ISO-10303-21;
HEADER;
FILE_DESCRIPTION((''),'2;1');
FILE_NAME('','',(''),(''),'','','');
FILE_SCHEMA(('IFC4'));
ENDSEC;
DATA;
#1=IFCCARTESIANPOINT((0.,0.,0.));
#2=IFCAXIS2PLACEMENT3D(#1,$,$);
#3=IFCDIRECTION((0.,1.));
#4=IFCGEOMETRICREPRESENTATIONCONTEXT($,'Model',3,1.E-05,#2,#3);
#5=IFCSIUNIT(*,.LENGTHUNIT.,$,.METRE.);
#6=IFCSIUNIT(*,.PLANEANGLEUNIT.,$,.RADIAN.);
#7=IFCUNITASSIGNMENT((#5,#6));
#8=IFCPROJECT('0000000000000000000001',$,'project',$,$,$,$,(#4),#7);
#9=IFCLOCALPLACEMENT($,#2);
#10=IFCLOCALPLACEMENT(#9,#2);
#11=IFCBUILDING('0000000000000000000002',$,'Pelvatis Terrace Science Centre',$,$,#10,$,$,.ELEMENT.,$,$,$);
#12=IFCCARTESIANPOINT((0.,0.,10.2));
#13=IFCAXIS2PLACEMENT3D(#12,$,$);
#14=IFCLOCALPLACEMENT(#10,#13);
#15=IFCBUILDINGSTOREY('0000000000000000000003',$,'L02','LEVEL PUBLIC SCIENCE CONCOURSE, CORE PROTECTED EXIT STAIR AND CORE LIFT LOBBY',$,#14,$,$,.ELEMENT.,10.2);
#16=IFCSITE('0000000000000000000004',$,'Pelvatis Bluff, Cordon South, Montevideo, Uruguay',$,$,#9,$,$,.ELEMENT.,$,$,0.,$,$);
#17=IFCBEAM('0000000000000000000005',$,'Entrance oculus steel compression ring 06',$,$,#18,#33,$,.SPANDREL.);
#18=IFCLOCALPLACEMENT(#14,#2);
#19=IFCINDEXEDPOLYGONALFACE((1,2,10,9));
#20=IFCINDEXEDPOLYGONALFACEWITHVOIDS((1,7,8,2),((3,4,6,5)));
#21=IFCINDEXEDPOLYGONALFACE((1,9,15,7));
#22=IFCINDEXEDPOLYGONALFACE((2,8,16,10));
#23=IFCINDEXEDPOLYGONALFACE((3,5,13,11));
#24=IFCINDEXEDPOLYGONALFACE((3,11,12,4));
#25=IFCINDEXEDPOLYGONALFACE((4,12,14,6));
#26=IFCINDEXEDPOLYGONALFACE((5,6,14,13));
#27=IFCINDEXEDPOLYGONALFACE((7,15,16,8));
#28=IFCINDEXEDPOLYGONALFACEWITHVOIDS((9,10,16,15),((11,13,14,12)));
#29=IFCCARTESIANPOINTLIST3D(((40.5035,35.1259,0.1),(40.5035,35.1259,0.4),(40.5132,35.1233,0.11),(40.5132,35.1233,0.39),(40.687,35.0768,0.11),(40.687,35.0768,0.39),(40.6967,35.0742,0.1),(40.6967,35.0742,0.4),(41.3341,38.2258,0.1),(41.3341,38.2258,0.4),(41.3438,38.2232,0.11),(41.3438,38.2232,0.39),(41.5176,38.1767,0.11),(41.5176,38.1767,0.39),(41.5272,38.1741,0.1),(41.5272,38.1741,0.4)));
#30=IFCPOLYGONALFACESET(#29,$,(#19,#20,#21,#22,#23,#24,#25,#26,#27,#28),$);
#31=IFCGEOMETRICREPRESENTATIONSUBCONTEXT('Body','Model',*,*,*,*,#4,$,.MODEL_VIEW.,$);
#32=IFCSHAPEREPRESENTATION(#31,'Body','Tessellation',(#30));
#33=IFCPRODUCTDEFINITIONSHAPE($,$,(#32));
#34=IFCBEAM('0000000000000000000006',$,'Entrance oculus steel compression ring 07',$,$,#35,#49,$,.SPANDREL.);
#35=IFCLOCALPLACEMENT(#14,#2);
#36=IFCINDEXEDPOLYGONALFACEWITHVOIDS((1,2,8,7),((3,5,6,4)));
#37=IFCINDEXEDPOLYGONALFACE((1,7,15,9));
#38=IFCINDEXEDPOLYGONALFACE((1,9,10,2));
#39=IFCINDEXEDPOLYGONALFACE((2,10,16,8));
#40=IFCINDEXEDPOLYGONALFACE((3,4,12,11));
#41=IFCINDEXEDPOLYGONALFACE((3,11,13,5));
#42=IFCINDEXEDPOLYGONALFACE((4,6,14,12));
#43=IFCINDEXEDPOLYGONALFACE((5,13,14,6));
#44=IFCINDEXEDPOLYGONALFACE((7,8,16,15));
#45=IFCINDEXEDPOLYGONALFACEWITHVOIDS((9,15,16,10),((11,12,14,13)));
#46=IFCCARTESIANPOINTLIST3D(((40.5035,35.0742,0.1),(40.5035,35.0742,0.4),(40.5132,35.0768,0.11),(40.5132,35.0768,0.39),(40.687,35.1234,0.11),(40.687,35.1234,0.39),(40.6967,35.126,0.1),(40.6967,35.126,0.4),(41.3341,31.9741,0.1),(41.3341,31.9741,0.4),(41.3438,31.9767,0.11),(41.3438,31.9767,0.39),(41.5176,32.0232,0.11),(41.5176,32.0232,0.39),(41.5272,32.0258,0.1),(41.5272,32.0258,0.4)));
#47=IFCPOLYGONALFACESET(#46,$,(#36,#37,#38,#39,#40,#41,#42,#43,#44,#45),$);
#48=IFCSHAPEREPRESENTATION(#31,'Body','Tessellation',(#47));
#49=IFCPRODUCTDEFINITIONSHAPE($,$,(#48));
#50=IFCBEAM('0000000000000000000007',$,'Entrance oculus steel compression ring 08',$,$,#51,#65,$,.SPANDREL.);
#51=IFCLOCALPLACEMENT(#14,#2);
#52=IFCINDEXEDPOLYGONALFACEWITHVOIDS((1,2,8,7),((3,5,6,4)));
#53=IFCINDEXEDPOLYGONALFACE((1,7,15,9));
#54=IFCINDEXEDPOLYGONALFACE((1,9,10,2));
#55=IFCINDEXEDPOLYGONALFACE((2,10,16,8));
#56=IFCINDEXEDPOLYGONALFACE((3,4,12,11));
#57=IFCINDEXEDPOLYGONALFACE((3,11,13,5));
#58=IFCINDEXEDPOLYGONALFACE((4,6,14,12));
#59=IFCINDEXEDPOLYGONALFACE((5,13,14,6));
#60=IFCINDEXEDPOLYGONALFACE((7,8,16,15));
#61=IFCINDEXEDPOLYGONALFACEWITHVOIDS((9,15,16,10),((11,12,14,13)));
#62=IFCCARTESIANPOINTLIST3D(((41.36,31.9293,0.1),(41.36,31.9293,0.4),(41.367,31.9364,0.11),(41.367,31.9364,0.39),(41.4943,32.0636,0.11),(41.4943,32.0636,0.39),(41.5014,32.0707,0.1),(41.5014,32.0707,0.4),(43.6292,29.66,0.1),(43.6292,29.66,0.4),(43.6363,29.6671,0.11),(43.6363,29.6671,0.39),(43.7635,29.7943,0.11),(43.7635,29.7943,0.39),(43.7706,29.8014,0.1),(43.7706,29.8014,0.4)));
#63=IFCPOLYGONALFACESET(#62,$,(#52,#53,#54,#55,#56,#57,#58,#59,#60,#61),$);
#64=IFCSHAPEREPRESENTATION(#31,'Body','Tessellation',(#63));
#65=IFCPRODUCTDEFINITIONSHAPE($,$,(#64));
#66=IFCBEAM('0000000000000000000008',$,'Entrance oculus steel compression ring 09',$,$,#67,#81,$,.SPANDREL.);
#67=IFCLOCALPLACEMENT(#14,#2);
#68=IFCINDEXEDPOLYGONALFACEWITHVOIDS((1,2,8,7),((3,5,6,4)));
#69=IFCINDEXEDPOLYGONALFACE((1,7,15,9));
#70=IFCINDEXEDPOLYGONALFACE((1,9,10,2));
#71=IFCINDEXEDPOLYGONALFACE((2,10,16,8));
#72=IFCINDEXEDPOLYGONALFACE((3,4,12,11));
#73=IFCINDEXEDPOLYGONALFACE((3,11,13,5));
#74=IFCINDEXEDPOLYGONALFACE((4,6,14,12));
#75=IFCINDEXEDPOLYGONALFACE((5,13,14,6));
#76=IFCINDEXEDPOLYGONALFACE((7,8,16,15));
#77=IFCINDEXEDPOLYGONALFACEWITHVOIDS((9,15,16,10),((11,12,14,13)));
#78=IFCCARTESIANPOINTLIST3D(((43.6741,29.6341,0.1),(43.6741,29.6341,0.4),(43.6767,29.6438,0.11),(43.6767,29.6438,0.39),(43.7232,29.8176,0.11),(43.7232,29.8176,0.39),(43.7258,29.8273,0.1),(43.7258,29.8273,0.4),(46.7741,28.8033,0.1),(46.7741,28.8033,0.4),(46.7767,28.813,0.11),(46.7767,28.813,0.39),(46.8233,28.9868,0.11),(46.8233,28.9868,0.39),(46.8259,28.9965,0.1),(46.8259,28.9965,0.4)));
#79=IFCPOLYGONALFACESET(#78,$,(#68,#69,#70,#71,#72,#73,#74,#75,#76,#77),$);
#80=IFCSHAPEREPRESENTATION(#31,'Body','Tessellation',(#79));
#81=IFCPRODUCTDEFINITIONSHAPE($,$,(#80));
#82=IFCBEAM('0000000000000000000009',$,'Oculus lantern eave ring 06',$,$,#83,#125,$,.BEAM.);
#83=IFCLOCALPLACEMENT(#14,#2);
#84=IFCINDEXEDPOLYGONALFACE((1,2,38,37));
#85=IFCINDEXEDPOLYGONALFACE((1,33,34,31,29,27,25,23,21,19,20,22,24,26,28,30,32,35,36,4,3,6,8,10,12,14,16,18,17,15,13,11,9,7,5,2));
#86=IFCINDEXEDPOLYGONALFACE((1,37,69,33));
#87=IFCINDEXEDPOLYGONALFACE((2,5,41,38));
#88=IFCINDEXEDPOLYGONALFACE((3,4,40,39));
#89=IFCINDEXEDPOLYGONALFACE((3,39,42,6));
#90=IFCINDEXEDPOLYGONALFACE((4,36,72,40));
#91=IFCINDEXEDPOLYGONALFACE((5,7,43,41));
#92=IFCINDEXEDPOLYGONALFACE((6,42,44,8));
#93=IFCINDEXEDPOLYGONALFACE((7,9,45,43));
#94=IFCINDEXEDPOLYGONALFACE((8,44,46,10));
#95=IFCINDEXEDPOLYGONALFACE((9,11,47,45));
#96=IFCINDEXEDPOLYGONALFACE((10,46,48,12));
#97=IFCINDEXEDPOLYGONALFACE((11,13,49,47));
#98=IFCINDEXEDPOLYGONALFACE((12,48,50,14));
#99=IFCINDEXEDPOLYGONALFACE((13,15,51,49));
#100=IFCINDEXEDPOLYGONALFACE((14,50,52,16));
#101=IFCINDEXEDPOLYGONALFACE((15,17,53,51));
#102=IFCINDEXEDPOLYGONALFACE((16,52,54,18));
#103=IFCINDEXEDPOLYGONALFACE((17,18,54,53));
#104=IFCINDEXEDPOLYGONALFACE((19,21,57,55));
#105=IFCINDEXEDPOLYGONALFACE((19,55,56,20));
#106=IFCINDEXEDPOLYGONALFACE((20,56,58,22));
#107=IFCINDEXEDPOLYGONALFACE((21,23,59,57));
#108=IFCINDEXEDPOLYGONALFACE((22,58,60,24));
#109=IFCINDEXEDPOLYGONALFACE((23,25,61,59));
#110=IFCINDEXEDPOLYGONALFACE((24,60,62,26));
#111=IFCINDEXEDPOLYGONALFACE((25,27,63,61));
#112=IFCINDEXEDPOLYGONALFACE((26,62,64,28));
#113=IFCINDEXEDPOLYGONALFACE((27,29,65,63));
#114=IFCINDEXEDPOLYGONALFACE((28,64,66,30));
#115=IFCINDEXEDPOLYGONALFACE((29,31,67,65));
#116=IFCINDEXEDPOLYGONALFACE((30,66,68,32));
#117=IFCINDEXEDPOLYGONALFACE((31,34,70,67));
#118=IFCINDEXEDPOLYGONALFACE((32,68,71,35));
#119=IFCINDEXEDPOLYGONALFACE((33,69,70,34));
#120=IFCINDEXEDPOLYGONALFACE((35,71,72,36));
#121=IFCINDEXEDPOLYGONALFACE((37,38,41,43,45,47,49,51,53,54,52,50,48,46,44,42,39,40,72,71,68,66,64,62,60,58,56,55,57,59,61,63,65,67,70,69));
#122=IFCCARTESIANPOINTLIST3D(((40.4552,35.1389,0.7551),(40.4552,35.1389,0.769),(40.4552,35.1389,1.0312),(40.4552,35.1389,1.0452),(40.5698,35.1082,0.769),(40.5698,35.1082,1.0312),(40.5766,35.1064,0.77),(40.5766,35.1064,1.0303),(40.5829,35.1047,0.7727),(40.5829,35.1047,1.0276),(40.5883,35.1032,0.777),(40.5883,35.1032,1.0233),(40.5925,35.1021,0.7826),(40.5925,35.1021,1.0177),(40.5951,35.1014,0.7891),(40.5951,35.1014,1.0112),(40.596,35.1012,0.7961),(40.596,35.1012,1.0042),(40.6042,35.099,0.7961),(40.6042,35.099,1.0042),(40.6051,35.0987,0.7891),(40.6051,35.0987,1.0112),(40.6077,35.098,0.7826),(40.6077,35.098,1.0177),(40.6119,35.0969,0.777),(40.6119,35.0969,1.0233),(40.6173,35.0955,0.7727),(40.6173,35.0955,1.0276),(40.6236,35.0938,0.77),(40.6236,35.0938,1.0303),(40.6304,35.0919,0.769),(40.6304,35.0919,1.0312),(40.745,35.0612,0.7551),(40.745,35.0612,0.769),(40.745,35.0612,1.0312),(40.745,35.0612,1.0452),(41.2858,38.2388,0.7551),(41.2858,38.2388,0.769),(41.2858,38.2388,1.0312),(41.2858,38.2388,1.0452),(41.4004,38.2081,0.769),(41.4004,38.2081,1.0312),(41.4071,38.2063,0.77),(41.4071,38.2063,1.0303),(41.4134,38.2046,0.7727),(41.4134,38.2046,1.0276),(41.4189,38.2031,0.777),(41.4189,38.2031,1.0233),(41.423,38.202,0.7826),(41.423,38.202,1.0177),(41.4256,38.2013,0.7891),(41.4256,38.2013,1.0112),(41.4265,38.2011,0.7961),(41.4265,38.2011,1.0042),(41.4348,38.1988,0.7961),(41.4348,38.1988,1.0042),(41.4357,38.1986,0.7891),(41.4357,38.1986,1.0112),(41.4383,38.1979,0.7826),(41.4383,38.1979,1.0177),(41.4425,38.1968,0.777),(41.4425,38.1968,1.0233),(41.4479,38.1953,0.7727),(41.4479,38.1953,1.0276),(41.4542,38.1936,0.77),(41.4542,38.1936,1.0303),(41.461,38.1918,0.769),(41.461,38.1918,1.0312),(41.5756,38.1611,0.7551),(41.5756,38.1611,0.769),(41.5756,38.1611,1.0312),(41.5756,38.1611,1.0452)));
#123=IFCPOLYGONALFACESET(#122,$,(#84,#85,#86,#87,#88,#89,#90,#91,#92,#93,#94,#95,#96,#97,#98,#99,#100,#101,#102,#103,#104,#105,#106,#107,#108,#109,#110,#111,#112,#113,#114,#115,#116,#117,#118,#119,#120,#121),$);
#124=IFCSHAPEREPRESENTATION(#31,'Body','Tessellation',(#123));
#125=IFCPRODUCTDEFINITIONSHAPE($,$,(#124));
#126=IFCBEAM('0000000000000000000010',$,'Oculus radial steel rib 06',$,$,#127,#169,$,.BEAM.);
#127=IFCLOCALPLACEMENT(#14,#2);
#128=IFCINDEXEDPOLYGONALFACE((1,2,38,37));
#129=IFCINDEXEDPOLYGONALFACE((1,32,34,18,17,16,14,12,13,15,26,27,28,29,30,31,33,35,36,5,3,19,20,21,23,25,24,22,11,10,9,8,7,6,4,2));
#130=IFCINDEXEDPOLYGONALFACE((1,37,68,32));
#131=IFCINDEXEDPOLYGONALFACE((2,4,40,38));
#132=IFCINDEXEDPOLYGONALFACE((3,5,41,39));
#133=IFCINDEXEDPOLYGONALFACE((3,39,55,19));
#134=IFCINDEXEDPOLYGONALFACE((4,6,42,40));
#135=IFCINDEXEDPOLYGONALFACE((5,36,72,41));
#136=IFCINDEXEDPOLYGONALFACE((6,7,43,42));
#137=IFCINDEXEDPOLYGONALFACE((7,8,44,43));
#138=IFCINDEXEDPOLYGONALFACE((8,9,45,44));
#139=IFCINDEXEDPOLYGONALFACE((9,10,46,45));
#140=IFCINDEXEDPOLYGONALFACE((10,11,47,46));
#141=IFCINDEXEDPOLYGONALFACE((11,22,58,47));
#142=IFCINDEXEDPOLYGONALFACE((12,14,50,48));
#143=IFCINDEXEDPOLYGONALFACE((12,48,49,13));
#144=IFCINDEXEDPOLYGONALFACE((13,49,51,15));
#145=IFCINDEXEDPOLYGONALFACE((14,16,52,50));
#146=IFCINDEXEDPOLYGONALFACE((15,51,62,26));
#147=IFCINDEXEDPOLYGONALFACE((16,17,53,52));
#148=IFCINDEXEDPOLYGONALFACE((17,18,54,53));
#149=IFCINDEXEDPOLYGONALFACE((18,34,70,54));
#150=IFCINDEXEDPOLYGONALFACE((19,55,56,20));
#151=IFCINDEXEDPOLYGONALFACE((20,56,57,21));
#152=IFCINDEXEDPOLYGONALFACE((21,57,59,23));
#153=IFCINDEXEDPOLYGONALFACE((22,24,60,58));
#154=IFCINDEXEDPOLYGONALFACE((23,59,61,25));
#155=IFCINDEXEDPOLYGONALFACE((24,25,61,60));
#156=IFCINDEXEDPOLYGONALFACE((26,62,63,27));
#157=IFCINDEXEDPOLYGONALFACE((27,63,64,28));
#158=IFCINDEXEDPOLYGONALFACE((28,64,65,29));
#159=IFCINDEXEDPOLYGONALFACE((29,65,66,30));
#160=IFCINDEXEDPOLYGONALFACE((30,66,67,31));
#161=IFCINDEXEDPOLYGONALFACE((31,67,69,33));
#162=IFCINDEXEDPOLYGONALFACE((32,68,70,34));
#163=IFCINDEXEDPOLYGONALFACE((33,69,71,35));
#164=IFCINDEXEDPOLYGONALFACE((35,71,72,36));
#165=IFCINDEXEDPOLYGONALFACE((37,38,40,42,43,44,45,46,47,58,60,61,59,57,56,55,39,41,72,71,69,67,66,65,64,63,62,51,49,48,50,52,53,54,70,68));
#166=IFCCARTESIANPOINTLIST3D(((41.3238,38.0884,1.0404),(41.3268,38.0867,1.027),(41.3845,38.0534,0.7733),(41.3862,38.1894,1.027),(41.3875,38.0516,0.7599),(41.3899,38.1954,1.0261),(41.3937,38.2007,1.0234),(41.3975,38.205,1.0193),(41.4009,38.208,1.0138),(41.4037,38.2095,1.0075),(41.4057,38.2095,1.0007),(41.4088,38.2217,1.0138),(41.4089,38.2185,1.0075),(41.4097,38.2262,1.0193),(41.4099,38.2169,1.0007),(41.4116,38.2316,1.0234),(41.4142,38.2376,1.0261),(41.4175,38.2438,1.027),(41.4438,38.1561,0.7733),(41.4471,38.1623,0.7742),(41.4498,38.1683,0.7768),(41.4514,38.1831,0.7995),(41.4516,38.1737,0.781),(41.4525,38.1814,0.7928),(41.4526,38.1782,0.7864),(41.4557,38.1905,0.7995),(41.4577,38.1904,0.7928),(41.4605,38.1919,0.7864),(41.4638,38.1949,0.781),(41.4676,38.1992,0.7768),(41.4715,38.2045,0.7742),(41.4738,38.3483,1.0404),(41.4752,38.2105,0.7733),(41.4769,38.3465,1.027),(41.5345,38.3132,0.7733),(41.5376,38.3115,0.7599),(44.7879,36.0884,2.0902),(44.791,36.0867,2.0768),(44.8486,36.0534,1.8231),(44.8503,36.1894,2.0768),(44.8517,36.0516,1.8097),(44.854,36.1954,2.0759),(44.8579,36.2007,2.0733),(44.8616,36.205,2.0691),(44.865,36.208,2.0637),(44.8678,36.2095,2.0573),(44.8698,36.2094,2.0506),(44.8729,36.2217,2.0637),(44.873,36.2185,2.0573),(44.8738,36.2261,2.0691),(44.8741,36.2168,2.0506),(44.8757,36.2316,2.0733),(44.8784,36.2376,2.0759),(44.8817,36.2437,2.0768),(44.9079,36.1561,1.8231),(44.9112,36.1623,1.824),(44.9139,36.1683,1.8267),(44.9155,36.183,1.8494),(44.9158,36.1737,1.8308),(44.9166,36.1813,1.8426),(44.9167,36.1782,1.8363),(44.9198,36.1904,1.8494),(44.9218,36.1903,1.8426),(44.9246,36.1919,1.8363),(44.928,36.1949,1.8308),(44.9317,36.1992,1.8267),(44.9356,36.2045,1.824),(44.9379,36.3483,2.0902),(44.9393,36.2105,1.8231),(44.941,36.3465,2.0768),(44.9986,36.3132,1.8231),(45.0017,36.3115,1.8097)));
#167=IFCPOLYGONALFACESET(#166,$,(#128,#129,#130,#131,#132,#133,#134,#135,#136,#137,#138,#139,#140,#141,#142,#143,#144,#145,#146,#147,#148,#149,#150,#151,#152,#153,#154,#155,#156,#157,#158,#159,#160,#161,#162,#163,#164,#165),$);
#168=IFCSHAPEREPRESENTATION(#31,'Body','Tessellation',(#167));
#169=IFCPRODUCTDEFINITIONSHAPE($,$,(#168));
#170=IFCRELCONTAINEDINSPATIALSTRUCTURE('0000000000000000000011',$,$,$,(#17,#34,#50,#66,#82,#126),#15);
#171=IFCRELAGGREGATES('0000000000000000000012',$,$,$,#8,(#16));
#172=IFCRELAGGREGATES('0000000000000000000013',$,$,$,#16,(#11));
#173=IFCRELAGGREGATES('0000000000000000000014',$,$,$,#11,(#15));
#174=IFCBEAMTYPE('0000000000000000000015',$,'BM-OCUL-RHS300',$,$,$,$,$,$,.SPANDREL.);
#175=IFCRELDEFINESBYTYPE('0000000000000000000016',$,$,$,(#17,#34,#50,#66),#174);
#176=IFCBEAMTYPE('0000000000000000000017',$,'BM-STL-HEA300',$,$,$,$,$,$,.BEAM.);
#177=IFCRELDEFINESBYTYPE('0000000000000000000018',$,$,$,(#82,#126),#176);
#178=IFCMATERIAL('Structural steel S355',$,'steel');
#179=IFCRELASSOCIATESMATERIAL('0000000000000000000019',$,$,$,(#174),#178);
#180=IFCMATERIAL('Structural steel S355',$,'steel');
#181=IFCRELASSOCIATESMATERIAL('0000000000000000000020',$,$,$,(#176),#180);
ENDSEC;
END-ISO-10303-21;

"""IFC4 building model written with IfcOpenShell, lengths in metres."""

from ifc_helpers import new_model, si_unit, direction, frame, origin, origin_2d, place, context, subcontext, project, spatial, hollow_rectangle, i_section, extrude, material, material_profile, profile_set, type_object, element, save


model = new_model("IFC4")

# Units and contexts
model_context = context("Model", 3, precision=1e-05, world=origin(), true_north=direction((0.0, 1.0)))
body_context = subcontext(model_context, "Body", "Model", "MODEL_VIEW")
ifc_project = project(units=[si_unit("LENGTHUNIT", "METRE"), si_unit("PLANEANGLEUNIT", "RADIAN")], contexts=[model_context])

# Site, building, storey
site_placement = place(None, origin())
site = spatial("IfcSite", under=ifc_project, at=site_placement, Name="Pelvatis Bluff, Cordon South, Montevideo, Uruguay", CompositionType="ELEMENT", RefElevation=0.0)
building_placement = place(site_placement, origin())
building = spatial("IfcBuilding", under=site, at=building_placement, Name="Pelvatis Terrace Science Centre", CompositionType="ELEMENT")
storey_placement = place(building_placement, frame((0.0, 0.0, 10.2)))
storey = spatial("IfcBuildingStorey", under=building, at=storey_placement, Name="L02", Description="LEVEL PUBLIC SCIENCE CONCOURSE, CORE PROTECTED EXIT STAIR AND CORE LIFT LOBBY", CompositionType="ELEMENT", Elevation=10.2)

# Beams
ifc_material_1 = material(Name="Structural steel S355", Category="steel")
ifc_material_profile_1 = material_profile(ifc_material_1, hollow_rectangle(XDim=0.2, YDim=0.3, WallThickness=0.01, at=origin_2d()), Name="RHS 300x200x10.0")
ifc_profile_set_1 = profile_set([ifc_material_profile_1], Name="Structural steel S355")
beam_type_1 = type_object("IfcBeamType", Name="BM-OCUL-RHS300", PredefinedType="SPANDREL", material=ifc_profile_set_1)
beam_1_placement = place(storey_placement, frame((41.4307, 38.2, 0.25), z_axis=(-0.258808, -0.965929, 0.0), x_axis=(0.965929, -0.258808, 0.0)))
element("IfcBeam", 1, at=beam_1_placement, inside=storey, type_object=beam_type_1, Name="Entrance oculus steel compression ring 06", PredefinedType="SPANDREL", context=body_context, shape_type="SweptSolid", body=[
    extrude(hollow_rectangle(XDim=0.2, YDim=0.3, WallThickness=0.01, at=origin_2d()), origin(), (0.0, 0.0, 1.0), 3.2092),
])
beam_2_placement = place(storey_placement, frame((40.6001, 35.1001, 0.25), z_axis=(0.258789, -0.965934, 0.0), x_axis=(0.965934, 0.258789, 0.0)))
element("IfcBeam", 2, at=beam_2_placement, inside=storey, type_object=beam_type_1, Name="Entrance oculus steel compression ring 07", PredefinedType="SPANDREL", context=body_context, shape_type="SweptSolid", body=[
    extrude(hollow_rectangle(XDim=0.2, YDim=0.3, WallThickness=0.01, at=origin_2d()), origin(), (0.0, 0.0, 1.0), 3.2095),
])
beam_3_placement = place(storey_placement, frame((41.4307, 32.0, 0.25), z_axis=(0.707107, -0.707107, 0.0), x_axis=(0.707107, 0.707107, 0.0)))
element("IfcBeam", 3, at=beam_3_placement, inside=storey, type_object=beam_type_1, Name="Entrance oculus steel compression ring 08", PredefinedType="SPANDREL", context=body_context, shape_type="SweptSolid", body=[
    extrude(hollow_rectangle(XDim=0.2, YDim=0.3, WallThickness=0.01, at=origin_2d()), origin(), (0.0, 0.0, 1.0), 3.2092),
])
beam_4_placement = place(storey_placement, frame((43.7, 29.7307, 0.25), z_axis=(0.965915, -0.25886, 0.0), x_axis=(0.25886, 0.965915, 0.0)))
element("IfcBeam", 4, at=beam_4_placement, inside=storey, type_object=beam_type_1, Name="Entrance oculus steel compression ring 09", PredefinedType="SPANDREL", context=body_context, shape_type="SweptSolid", body=[
    extrude(hollow_rectangle(XDim=0.2, YDim=0.3, WallThickness=0.01, at=origin_2d()), origin(), (0.0, 0.0, 1.0), 3.2095),
])
ifc_material_2 = material(Name="Structural steel S355", Category="steel")
ifc_material_profile_2 = material_profile(ifc_material_2, i_section(OverallWidth=0.3, OverallDepth=0.29, WebThickness=0.0085, FlangeThickness=0.0139, FilletRadius=0.0271, at=origin_2d()), Name="HEA 300")
ifc_profile_set_2 = profile_set([ifc_material_profile_2], Name="Structural steel S355")
beam_type_2 = type_object("IfcBeamType", Name="BM-STL-HEA300", PredefinedType="BEAM", material=ifc_profile_set_2)
beam_5_placement = place(storey_placement, frame((41.4307, 38.2, 0.9001), z_axis=(-0.258808, -0.965929, 0.0), x_axis=(0.965929, -0.258808, 0.0)))
element("IfcBeam", 5, at=beam_5_placement, inside=storey, type_object=beam_type_2, Name="Oculus lantern eave ring 06", PredefinedType="BEAM", context=body_context, shape_type="SweptSolid", body=[
    extrude(i_section(OverallWidth=0.3, OverallDepth=0.29, WebThickness=0.0085, FlangeThickness=0.0139, FilletRadius=0.0271, at=origin_2d()), origin(), (0.0, 0.0, 1.0), 3.2092),
])
beam_6_placement = place(storey_placement, frame((41.4307, 38.2, 0.9001), z_axis=(0.837657, -0.48362, 0.253853), x_axis=(0.499999, 0.866026, 0.0)))
element("IfcBeam", 6, at=beam_6_placement, inside=storey, type_object=beam_type_2, Name="Oculus radial steel rib 06", PredefinedType="BEAM", context=body_context, shape_type="SweptSolid", body=[
    extrude(i_section(OverallWidth=0.3, OverallDepth=0.29, WebThickness=0.0085, FlangeThickness=0.0139, FilletRadius=0.0271, at=origin_2d()), origin(), (0.0, 0.0, 1.0), 4.1355),
])

save(model, "model.ifc")
